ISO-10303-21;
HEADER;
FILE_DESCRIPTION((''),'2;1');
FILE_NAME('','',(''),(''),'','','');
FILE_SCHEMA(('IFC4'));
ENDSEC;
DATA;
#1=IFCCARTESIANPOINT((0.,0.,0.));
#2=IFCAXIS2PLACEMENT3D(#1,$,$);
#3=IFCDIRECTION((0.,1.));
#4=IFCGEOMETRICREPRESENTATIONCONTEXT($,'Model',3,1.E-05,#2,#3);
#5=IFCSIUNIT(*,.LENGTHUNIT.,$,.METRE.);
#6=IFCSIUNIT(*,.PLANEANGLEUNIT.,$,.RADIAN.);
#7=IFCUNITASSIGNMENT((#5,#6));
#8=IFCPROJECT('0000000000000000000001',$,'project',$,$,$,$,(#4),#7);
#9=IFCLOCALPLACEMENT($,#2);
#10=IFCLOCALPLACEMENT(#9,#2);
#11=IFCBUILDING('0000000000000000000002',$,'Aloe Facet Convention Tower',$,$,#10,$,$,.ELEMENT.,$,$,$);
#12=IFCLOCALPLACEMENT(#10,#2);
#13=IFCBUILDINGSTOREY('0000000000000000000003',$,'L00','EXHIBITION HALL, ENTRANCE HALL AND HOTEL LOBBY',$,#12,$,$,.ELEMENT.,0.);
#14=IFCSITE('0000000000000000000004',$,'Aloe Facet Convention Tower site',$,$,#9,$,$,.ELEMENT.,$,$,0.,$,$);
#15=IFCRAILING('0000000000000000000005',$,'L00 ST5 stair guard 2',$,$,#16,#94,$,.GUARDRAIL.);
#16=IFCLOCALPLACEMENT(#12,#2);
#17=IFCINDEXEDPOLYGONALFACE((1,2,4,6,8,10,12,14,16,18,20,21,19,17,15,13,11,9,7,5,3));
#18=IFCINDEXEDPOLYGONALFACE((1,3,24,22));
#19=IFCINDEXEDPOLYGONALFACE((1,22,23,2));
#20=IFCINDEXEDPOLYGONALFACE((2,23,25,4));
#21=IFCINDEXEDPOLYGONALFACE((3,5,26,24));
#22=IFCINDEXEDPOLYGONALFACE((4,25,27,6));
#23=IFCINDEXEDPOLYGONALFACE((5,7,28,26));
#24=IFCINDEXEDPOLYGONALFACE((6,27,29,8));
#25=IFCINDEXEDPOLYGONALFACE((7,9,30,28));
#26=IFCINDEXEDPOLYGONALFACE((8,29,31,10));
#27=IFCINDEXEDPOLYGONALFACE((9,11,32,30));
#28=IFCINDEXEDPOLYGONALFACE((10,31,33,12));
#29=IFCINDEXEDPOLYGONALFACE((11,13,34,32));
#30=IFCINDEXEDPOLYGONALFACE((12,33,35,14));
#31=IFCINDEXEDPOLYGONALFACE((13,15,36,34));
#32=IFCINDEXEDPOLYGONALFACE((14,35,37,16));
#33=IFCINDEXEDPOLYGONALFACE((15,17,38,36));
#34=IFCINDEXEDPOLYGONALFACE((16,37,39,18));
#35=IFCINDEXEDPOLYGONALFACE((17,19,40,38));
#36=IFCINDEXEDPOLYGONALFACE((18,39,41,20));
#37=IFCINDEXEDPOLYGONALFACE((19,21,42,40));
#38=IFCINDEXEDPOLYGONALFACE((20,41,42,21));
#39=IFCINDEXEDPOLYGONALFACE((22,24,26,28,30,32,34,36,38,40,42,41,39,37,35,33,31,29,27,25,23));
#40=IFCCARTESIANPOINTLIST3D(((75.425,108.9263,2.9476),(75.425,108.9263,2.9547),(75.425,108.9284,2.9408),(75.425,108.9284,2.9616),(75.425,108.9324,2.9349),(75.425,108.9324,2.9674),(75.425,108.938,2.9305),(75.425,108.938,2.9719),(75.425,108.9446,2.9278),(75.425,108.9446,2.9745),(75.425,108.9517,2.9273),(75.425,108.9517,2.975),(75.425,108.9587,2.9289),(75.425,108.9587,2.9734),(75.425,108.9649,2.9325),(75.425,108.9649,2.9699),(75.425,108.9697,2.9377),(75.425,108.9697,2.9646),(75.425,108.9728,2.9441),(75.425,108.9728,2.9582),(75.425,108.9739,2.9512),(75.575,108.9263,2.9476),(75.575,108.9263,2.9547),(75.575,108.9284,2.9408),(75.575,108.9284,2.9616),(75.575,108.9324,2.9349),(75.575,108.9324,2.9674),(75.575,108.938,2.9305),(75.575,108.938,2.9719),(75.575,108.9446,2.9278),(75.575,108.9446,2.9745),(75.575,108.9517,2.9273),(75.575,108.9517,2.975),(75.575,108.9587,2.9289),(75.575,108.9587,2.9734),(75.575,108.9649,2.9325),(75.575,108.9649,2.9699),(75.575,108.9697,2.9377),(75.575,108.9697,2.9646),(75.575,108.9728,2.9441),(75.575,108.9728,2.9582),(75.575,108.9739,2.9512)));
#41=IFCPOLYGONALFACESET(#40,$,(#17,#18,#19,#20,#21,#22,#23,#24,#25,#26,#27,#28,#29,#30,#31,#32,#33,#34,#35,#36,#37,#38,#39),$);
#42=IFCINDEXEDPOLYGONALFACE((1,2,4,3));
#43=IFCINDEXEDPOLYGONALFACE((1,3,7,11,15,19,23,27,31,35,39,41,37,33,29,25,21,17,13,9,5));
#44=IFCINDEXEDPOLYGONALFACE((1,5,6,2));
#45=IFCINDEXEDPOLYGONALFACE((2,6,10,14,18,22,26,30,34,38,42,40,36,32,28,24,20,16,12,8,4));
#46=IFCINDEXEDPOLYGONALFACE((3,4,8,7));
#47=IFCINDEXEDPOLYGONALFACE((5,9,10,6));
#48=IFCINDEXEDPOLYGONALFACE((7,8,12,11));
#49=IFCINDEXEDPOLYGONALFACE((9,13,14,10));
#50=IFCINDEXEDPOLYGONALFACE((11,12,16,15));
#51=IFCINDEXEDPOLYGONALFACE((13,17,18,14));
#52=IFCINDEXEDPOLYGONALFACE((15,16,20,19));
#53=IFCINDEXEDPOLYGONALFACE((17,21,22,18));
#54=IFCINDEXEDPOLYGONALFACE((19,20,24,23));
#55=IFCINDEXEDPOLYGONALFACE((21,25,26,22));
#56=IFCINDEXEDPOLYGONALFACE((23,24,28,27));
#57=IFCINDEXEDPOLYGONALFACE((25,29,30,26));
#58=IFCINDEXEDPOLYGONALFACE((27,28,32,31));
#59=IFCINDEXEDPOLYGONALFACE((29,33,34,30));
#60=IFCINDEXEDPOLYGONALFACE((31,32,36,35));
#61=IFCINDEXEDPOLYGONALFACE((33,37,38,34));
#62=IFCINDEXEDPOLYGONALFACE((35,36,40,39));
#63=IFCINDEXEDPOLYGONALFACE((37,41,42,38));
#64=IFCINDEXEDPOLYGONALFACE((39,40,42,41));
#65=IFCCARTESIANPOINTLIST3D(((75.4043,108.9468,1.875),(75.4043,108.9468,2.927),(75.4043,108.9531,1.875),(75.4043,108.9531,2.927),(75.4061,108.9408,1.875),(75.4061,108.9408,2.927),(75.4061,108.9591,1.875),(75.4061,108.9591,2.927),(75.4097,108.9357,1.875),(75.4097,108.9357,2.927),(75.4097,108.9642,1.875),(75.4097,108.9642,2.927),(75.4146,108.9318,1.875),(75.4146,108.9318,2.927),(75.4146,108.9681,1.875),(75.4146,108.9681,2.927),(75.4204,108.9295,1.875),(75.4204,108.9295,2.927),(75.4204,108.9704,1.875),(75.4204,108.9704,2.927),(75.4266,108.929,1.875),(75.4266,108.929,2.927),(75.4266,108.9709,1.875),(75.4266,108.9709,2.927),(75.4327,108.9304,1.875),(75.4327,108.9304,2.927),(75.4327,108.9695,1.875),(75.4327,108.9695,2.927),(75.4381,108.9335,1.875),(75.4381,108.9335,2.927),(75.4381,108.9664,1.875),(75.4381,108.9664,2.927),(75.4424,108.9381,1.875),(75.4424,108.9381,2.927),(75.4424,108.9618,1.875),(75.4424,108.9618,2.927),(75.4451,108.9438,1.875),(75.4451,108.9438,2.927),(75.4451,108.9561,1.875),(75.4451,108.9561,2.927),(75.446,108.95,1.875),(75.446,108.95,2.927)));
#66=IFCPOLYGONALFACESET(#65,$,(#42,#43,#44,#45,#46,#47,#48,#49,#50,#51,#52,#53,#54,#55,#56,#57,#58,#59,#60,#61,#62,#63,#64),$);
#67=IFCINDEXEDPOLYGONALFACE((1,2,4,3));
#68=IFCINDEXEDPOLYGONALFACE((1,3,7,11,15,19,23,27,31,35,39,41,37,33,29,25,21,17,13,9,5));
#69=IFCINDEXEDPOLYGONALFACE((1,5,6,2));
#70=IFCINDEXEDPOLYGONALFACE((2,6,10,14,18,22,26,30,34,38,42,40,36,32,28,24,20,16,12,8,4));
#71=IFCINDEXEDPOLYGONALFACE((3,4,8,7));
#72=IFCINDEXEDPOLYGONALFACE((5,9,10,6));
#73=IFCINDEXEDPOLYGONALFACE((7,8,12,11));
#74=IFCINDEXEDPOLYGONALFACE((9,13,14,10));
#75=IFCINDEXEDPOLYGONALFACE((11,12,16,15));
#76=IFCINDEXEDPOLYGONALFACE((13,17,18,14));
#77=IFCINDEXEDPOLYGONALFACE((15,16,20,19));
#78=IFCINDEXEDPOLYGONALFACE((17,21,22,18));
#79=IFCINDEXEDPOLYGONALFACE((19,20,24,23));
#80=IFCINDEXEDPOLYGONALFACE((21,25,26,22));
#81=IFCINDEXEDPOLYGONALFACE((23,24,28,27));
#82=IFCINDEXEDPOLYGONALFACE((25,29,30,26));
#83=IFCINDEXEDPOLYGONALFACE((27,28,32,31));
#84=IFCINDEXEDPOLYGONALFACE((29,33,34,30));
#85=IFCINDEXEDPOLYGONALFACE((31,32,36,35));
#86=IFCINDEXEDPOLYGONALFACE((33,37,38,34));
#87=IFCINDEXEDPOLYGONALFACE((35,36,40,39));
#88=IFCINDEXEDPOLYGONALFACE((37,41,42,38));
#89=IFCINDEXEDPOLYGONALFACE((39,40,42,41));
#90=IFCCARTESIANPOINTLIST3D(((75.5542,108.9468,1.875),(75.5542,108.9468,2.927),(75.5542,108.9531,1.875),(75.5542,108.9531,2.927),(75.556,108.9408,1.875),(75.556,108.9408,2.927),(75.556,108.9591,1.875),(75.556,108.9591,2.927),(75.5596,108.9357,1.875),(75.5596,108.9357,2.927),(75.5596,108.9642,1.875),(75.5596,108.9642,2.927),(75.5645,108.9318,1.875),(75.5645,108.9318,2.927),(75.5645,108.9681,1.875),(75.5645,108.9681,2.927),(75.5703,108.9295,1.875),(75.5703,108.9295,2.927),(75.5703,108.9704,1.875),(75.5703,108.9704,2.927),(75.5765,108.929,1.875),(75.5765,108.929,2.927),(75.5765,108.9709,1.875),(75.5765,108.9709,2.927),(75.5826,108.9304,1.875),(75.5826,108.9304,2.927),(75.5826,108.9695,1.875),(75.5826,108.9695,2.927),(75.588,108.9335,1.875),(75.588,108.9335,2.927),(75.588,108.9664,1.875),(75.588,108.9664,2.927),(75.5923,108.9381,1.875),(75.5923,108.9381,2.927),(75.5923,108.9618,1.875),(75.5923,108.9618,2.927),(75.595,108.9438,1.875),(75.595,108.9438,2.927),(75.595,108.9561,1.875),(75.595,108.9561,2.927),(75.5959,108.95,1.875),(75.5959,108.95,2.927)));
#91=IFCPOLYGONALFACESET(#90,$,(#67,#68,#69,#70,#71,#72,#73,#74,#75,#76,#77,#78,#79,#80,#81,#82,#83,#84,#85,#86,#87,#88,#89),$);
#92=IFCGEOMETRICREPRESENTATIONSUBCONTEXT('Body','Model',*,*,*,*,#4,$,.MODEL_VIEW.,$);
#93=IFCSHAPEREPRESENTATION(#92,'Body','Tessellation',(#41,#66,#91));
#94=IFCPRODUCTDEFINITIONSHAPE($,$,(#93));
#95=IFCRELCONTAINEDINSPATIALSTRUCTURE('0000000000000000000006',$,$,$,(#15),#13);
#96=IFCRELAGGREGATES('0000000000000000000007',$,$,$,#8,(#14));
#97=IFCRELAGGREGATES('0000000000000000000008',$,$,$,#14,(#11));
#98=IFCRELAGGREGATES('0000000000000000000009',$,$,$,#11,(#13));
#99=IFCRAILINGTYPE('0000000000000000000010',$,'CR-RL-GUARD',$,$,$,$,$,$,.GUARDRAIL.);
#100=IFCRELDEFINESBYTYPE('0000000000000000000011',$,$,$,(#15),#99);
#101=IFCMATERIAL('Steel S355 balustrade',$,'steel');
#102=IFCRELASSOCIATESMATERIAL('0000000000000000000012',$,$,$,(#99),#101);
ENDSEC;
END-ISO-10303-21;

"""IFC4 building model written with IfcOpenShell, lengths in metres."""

from ifc_helpers import new_model, si_unit, direction, frame, origin, origin_2d, place, context, subcontext, project, spatial, circle, extrude, material, type_object, element, save


model = new_model("IFC4")

# Units and contexts
model_context = context("Model", 3, precision=1e-05, world=origin(), true_north=direction((0.0, 1.0)))
body_context = subcontext(model_context, "Body", "Model", "MODEL_VIEW")
ifc_project = project(units=[si_unit("LENGTHUNIT", "METRE"), si_unit("PLANEANGLEUNIT", "RADIAN")], contexts=[model_context])

# Site, building, storey
site_placement = place(None, origin())
site = spatial("IfcSite", under=ifc_project, at=site_placement, Name="Aloe Facet Convention Tower site", CompositionType="ELEMENT", RefElevation=0.0)
building_placement = place(site_placement, origin())
building = spatial("IfcBuilding", under=site, at=building_placement, Name="Aloe Facet Convention Tower", CompositionType="ELEMENT")
storey_placement = place(building_placement, origin())
storey = spatial("IfcBuildingStorey", under=building, at=storey_placement, Name="L00", Description="EXHIBITION HALL, ENTRANCE HALL AND HOTEL LOBBY", CompositionType="ELEMENT", Elevation=0.0)

# Railing
ifc_material_1 = material(Name="Steel S355 balustrade", Category="steel")
railing_type_1 = type_object("IfcRailingType", Name="CR-RL-GUARD", PredefinedType="GUARDRAIL", material=ifc_material_1)
railing_1_placement = place(storey_placement, frame((75.425, 108.95, 1.875)))
element("IfcRailing", 1, at=railing_1_placement, inside=storey, type_object=railing_type_1, Name="L00 ST5 stair guard 2", PredefinedType="GUARDRAIL", context=body_context, shape_type="SweptSolid", body=[
    extrude(circle(Radius=0.0239, at=origin_2d()), frame((0.0, 0.0, 1.0762), z_axis=(1.0, 0.0, 0.0), x_axis=(0.0, 1.0, 0.0)), (0.0, 0.0, 1.0), 0.1499),
    extrude(circle(Radius=0.021, at=origin_2d()), origin(), (0.0, 0.0, 1.0), 1.052),
    extrude(circle(Radius=0.021, at=origin_2d()), frame((0.1499, 0.0, 0.0)), (0.0, 0.0, 1.0), 1.052),
])

save(model, "model.ifc")
